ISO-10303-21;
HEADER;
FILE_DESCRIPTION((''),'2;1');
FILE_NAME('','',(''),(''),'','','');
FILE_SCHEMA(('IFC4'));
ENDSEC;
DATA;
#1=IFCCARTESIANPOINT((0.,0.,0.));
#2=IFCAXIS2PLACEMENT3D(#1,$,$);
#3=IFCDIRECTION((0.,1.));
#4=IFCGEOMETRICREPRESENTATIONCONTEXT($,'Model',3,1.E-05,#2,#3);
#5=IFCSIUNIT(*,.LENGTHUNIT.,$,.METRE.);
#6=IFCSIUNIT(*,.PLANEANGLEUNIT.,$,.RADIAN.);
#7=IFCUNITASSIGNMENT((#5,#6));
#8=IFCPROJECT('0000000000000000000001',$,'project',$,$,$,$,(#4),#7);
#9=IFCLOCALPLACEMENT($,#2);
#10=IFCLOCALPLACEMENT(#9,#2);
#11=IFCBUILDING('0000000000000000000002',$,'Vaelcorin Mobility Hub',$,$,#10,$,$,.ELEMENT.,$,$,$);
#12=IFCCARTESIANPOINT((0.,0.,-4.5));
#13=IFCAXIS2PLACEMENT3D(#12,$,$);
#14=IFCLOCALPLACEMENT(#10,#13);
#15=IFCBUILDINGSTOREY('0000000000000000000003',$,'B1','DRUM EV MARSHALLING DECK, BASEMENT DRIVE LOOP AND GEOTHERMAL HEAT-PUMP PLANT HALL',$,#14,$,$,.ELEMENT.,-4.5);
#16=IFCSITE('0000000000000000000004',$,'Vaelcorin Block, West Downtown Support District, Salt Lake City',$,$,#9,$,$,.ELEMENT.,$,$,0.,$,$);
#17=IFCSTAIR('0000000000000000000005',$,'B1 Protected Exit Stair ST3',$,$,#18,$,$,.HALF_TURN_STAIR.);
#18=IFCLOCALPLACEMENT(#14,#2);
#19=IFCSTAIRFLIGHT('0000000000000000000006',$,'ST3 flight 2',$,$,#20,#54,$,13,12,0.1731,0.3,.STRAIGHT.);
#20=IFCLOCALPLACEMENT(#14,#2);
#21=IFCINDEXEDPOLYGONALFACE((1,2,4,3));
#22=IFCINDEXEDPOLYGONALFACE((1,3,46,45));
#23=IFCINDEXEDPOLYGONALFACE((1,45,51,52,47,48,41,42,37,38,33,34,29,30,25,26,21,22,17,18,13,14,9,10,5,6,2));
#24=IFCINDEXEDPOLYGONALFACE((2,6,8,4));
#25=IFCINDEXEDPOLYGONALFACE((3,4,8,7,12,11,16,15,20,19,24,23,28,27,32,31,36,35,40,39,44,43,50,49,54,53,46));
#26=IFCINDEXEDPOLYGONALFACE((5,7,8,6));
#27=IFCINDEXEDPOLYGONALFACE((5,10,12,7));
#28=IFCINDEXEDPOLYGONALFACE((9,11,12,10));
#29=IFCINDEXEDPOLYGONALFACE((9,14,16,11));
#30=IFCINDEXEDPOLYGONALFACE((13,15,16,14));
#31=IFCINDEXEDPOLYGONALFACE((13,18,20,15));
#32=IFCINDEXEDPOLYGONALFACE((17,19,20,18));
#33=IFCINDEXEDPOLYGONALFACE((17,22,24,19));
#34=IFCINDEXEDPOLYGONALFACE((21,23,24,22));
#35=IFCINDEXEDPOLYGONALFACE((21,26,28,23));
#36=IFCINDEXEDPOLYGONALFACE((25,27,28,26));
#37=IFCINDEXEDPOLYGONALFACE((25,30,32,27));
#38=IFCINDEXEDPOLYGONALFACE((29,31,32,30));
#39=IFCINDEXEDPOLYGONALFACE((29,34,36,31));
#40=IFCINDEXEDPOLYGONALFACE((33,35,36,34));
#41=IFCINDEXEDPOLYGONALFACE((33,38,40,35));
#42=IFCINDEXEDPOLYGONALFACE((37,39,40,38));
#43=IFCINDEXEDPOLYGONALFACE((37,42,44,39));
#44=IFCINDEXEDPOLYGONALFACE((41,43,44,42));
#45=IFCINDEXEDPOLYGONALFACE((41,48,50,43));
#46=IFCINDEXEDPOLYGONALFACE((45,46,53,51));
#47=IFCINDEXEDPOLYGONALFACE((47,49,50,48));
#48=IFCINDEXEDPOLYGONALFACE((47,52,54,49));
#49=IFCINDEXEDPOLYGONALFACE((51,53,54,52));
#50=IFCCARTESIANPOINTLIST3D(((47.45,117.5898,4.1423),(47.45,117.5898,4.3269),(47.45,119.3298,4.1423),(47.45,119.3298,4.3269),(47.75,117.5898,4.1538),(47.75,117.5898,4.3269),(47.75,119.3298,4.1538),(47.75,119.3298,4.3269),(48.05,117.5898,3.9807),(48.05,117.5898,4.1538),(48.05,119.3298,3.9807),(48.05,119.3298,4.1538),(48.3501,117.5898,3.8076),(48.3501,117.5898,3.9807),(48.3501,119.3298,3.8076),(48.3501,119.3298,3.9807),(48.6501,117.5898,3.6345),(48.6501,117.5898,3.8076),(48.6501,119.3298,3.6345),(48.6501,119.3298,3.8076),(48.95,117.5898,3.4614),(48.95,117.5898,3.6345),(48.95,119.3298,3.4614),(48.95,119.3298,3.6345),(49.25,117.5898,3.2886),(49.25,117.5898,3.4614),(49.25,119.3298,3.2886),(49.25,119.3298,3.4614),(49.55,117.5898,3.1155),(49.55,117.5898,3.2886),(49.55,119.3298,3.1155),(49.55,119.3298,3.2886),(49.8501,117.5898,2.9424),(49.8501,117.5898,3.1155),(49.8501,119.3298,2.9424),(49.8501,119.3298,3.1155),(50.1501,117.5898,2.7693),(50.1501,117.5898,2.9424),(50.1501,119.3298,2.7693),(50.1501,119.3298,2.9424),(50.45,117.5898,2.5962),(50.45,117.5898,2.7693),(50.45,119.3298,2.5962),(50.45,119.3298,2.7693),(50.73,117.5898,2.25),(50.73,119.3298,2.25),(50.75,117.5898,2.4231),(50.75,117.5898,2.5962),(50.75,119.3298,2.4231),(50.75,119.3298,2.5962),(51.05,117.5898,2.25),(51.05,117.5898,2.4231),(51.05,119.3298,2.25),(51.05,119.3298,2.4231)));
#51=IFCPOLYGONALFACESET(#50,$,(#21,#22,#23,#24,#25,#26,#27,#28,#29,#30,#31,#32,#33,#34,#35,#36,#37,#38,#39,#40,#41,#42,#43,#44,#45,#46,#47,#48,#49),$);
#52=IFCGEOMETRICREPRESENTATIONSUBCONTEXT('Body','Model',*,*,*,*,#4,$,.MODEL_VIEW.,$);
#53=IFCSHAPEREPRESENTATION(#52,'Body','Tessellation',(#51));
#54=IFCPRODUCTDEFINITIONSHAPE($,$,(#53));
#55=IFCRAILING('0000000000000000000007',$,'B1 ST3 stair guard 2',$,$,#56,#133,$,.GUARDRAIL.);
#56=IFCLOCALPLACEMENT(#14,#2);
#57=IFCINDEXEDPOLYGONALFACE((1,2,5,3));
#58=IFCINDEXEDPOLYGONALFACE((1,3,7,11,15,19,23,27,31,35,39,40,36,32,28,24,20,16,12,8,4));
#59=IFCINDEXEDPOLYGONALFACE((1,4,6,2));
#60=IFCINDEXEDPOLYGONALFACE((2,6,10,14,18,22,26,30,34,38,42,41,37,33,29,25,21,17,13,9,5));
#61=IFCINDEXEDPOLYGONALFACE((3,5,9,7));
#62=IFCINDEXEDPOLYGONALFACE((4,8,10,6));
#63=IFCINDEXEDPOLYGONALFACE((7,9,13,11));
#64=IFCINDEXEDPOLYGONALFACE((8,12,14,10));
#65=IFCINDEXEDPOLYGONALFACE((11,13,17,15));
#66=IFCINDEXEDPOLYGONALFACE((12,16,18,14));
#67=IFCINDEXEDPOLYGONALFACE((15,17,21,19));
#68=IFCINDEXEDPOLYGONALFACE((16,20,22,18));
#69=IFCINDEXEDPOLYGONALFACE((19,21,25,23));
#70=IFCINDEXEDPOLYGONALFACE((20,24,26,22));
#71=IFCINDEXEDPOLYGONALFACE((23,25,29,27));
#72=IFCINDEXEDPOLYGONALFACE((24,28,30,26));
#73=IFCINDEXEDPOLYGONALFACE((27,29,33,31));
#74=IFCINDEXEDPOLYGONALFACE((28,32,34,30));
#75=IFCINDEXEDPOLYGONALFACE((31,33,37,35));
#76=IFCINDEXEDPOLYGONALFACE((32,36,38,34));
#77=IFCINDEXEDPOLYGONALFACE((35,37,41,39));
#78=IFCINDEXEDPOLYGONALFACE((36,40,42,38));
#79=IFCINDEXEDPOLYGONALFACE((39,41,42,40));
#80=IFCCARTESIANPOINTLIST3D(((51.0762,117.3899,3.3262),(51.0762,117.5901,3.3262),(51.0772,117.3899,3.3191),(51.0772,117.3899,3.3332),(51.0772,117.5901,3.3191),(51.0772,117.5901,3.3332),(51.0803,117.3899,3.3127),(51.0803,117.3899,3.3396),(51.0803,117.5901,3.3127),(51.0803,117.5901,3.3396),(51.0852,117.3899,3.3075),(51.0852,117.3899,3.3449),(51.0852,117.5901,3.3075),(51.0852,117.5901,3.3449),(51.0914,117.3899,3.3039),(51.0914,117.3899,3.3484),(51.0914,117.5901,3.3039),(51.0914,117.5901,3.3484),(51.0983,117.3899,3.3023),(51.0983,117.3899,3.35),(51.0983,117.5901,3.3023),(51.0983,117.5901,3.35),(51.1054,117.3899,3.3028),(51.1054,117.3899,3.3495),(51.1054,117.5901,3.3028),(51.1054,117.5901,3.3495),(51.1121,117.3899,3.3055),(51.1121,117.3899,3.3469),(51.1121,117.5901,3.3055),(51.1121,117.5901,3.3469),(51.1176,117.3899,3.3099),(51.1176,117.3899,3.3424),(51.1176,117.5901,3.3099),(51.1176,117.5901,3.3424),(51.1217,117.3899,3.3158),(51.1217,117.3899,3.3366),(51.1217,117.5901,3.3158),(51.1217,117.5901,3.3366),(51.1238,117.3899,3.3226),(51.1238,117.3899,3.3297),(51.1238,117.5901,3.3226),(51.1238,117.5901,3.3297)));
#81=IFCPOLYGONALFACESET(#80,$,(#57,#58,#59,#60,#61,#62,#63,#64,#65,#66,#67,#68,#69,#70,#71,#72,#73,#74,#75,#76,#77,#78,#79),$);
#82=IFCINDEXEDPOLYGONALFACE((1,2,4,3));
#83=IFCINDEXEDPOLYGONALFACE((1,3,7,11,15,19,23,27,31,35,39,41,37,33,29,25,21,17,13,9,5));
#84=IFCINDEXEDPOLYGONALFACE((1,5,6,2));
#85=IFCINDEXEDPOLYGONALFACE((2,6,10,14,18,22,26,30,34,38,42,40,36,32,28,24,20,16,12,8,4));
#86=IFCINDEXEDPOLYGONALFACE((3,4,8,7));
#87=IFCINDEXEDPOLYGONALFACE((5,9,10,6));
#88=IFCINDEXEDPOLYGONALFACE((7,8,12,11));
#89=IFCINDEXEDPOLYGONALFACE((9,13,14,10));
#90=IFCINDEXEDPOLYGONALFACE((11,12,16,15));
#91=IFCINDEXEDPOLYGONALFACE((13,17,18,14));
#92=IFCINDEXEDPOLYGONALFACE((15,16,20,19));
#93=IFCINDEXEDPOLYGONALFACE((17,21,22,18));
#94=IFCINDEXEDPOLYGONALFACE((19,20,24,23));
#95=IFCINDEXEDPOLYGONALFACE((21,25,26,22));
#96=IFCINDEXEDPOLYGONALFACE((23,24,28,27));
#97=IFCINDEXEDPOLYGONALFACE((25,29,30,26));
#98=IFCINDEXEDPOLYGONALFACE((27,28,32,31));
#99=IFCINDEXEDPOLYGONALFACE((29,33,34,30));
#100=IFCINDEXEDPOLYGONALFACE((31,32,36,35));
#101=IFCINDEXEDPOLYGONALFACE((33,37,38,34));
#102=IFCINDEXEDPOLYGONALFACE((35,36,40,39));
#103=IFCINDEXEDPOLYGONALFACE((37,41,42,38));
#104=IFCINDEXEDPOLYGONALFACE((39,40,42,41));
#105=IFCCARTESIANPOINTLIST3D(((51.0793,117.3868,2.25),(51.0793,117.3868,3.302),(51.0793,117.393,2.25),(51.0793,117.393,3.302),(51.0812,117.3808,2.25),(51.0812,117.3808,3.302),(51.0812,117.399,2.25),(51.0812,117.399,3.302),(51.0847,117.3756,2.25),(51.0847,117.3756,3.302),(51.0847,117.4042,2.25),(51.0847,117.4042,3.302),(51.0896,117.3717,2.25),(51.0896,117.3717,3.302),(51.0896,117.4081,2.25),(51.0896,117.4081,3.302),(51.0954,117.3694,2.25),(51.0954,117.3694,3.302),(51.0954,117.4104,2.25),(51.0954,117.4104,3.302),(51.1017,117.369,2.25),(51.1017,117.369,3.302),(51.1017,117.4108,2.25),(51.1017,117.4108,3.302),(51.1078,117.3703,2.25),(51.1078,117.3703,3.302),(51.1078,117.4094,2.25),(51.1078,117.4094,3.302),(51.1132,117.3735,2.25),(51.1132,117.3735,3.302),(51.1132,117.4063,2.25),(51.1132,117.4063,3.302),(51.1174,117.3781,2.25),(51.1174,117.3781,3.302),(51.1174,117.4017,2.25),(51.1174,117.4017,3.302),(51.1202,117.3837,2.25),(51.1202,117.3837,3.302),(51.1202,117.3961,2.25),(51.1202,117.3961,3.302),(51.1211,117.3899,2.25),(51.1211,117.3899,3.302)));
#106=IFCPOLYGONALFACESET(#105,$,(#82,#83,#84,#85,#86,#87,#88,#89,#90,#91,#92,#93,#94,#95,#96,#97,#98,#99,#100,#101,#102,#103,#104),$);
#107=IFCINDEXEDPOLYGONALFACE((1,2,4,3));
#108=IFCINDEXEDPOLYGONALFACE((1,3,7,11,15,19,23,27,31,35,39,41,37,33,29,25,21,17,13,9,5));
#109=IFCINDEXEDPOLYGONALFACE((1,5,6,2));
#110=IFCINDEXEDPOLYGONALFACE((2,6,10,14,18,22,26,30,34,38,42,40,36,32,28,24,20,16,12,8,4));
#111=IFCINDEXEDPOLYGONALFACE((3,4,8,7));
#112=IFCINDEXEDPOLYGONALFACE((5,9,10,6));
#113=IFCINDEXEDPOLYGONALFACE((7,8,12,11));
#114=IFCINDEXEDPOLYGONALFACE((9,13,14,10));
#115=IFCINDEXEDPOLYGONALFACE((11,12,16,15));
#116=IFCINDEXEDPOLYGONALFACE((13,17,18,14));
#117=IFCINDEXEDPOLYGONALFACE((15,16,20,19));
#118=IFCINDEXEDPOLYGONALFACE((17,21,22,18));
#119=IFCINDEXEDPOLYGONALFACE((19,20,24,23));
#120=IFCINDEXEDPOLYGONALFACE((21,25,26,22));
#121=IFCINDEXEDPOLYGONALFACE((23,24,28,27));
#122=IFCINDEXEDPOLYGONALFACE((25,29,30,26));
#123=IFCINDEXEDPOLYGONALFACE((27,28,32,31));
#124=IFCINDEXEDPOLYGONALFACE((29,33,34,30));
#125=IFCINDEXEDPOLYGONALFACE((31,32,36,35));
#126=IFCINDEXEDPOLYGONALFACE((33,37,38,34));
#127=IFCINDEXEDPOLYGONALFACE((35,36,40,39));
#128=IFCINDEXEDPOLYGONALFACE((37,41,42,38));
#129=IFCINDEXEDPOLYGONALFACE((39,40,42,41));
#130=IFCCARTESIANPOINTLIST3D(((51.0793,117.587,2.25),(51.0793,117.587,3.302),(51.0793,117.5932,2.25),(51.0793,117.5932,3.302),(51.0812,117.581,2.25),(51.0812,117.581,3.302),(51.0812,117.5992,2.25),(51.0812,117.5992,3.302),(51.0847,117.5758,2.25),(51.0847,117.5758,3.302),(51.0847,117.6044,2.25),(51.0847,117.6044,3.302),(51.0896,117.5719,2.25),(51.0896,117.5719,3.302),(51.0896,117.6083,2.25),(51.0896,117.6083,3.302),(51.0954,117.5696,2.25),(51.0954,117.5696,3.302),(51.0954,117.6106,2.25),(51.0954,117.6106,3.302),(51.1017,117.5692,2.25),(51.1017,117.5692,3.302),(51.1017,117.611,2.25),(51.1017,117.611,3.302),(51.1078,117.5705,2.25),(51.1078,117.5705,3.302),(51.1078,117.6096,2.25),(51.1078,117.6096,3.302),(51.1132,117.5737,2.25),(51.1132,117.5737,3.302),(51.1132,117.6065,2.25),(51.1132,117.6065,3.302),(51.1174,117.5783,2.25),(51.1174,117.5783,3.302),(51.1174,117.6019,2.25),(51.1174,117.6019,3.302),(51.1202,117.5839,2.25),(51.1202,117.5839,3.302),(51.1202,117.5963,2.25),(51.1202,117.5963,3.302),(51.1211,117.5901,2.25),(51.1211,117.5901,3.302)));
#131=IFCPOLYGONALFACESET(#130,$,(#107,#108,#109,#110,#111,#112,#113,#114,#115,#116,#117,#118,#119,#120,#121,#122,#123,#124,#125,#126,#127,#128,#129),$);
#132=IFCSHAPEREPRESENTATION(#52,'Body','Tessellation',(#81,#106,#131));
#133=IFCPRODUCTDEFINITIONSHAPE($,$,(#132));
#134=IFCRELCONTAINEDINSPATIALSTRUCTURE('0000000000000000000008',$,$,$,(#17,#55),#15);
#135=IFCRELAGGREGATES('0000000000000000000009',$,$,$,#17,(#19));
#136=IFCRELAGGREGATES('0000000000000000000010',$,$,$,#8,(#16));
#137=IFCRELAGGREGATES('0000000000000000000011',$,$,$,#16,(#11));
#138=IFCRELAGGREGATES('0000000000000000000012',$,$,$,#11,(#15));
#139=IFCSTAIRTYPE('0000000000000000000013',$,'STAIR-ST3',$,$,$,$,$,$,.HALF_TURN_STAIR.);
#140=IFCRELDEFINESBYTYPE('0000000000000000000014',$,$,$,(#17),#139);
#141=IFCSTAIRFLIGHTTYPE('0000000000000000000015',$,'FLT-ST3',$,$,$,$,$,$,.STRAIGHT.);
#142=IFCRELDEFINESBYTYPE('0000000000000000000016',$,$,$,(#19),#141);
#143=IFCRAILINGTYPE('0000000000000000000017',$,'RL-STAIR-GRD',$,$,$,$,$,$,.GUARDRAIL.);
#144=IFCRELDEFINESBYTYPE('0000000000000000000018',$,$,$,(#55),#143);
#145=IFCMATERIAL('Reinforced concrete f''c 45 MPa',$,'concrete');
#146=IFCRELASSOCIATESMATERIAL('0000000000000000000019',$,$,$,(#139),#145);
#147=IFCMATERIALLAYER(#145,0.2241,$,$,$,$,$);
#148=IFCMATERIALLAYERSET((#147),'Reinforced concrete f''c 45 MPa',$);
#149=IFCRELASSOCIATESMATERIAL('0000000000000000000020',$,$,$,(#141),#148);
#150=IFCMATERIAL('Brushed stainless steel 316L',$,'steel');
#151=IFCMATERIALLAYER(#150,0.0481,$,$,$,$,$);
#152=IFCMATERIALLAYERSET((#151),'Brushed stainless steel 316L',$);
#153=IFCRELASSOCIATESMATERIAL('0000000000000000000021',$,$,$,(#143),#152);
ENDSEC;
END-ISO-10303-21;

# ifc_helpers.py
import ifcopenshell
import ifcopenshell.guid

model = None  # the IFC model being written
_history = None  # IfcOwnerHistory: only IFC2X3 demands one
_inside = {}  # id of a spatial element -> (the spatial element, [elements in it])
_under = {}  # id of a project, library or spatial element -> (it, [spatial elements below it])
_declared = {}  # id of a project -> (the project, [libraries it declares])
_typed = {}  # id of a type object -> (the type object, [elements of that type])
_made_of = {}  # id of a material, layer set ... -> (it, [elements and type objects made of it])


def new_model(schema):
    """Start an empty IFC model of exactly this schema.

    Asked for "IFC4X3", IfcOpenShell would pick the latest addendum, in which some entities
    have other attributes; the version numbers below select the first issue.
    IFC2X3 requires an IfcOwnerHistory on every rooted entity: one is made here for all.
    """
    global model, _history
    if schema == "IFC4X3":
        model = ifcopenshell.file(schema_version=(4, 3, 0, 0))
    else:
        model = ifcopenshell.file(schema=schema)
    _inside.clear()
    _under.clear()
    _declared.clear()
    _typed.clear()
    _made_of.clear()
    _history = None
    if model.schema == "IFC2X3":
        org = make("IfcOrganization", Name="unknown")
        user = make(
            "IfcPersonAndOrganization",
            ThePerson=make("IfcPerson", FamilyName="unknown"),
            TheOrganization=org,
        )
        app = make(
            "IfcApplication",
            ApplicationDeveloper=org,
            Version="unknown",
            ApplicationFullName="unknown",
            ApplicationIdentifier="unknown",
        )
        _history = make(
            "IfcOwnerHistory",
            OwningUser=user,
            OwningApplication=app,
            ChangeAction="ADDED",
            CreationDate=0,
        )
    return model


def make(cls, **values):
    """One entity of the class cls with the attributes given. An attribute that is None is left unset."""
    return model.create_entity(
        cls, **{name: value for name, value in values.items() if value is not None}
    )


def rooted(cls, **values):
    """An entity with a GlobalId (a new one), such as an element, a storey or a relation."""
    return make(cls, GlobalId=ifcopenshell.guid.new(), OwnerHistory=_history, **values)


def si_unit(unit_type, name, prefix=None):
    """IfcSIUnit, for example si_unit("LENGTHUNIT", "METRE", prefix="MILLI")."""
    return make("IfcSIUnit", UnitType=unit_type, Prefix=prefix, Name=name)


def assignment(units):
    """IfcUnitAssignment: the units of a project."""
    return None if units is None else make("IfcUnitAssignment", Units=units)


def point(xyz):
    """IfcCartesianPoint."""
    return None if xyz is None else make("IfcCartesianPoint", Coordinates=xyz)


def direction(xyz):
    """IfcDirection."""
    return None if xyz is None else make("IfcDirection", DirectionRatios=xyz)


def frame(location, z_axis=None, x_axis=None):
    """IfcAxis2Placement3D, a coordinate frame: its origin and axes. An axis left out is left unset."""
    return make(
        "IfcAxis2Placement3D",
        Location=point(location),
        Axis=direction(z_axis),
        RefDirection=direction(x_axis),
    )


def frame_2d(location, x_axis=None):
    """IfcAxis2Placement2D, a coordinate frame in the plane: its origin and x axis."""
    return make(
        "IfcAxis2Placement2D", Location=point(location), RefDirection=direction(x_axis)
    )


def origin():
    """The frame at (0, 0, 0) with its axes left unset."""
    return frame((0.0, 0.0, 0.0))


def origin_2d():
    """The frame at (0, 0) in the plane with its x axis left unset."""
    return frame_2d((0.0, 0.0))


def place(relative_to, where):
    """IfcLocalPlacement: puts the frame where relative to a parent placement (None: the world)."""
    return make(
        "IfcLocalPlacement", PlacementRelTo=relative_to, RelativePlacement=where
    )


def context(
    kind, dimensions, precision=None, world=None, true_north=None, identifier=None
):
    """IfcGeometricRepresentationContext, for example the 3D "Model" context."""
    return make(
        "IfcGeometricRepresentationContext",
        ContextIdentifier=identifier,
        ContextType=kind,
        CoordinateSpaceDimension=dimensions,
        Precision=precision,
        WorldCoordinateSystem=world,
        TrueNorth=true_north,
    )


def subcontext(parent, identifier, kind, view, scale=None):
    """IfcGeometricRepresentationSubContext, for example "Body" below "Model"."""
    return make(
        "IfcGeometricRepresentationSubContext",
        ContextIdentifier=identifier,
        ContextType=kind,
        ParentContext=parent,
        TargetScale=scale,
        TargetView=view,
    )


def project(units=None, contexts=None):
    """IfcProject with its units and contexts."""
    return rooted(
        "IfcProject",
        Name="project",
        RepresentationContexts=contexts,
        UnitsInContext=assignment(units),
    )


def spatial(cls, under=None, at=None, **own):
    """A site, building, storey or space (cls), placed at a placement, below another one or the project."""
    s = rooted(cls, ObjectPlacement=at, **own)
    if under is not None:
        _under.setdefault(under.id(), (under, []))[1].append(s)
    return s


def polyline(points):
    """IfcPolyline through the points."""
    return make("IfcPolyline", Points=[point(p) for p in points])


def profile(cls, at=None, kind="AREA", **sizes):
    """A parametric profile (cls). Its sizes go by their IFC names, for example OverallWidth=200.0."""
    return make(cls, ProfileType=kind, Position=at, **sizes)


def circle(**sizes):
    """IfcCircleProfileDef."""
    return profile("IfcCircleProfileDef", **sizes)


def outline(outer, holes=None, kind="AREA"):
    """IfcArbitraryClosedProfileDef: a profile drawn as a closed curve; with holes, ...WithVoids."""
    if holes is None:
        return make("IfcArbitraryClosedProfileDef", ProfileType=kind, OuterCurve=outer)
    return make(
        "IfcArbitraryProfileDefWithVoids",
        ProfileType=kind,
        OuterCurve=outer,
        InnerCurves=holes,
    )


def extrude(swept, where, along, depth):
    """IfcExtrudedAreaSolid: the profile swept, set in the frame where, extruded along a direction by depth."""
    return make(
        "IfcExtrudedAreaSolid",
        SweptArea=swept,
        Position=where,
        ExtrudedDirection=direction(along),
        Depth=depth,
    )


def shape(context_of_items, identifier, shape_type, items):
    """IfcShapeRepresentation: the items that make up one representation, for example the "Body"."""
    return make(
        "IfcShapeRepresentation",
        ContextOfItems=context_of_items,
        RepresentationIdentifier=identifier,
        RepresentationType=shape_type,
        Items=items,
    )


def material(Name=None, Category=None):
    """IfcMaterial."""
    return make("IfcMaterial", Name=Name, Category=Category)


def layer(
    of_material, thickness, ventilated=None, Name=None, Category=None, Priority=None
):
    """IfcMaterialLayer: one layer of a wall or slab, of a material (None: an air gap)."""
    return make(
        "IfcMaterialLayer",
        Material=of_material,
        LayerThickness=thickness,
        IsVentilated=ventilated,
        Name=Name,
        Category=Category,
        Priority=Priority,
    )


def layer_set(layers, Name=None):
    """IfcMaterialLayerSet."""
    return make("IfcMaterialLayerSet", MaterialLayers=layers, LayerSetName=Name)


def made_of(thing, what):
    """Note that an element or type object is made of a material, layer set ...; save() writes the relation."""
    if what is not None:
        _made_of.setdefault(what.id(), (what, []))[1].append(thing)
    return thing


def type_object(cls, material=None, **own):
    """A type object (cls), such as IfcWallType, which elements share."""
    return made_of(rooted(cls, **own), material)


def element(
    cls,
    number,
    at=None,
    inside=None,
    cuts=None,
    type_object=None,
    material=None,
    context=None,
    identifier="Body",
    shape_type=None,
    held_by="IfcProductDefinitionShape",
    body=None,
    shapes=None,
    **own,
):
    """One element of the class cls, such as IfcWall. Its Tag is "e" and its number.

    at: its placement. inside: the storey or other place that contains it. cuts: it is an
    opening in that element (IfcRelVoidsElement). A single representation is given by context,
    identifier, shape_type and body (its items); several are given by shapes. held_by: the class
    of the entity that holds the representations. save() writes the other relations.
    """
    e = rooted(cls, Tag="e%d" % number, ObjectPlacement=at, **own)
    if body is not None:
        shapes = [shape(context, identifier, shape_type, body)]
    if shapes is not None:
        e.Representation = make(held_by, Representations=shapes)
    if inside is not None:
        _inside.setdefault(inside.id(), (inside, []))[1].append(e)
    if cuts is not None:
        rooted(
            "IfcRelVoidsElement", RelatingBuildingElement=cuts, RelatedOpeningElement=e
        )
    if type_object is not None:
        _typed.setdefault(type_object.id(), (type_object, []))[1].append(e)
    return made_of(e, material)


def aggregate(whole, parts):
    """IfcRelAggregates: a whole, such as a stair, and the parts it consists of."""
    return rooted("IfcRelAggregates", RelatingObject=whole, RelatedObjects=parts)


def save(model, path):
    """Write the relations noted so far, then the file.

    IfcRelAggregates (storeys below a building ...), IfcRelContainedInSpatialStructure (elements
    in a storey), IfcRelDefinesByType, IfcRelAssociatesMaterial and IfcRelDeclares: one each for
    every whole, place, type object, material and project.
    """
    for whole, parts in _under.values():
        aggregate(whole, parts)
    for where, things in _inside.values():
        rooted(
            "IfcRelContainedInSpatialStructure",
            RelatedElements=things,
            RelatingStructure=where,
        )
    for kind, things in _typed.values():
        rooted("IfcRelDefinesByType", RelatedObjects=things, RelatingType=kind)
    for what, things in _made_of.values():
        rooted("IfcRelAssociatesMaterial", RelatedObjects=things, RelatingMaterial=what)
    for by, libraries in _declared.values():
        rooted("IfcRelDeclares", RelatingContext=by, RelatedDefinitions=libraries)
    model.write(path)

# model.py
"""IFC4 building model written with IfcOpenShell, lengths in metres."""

from ifc_helpers import new_model, si_unit, direction, frame, origin, origin_2d, place, context, subcontext, project, spatial, polyline, circle, outline, extrude, material, layer, layer_set, type_object, element, aggregate, save


model = new_model("IFC4")

# Units and contexts
model_context = context("Model", 3, precision=1e-05, world=origin(), true_north=direction((0.0, 1.0)))
body_context = subcontext(model_context, "Body", "Model", "MODEL_VIEW")
ifc_project = project(units=[si_unit("LENGTHUNIT", "METRE"), si_unit("PLANEANGLEUNIT", "RADIAN")], contexts=[model_context])

# Site, building, storey
site_placement = place(None, origin())
site = spatial("IfcSite", under=ifc_project, at=site_placement, Name="Vaelcorin Block, West Downtown Support District, Salt Lake City", CompositionType="ELEMENT", RefElevation=0.0)
building_placement = place(site_placement, origin())
building = spatial("IfcBuilding", under=site, at=building_placement, Name="Vaelcorin Mobility Hub", CompositionType="ELEMENT")
storey_placement = place(building_placement, frame((0.0, 0.0, -4.5)))
storey = spatial("IfcBuildingStorey", under=building, at=storey_placement, Name="B1", Description="DRUM EV MARSHALLING DECK, BASEMENT DRIVE LOOP AND GEOTHERMAL HEAT-PUMP PLANT HALL", CompositionType="ELEMENT", Elevation=-4.5)

# Shared definitions
ifc_material_1 = material(Name="Reinforced concrete f'c 45 MPa", Category="concrete")

# Stair, stair flight
stair_type = type_object("IfcStairType", Name="STAIR-ST3", PredefinedType="HALF_TURN_STAIR", material=ifc_material_1)
stair_placement = place(storey_placement, origin())
stair = element("IfcStair", 1, at=stair_placement, inside=storey, type_object=stair_type, Name="B1 Protected Exit Stair ST3", PredefinedType="HALF_TURN_STAIR")
ifc_layer_1 = layer(ifc_material_1, 0.2241)
ifc_layer_set_1 = layer_set([ifc_layer_1], Name="Reinforced concrete f'c 45 MPa")
stair_flight_type = type_object("IfcStairFlightType", Name="FLT-ST3", PredefinedType="STRAIGHT", material=ifc_layer_set_1)
stair_flight_placement = place(storey_placement, frame((51.05, 118.46, 2.25), z_axis=(0.0, 0.0, 1.0), x_axis=(-1.0, 0.0, 0.0)))
stair_flight = element("IfcStairFlight", 2, at=stair_flight_placement, type_object=stair_flight_type, Name="ST3 flight 2", NumberOfRisers=13, NumberOfTreads=12, PredefinedType="STRAIGHT", RiserHeight=0.1731, TreadLength=0.3, context=body_context, shape_type="SweptSolid", body=[
    extrude(outline(polyline([(0.0, 0.0), (0.0, 0.1731), (0.3, 0.1731), (0.3, 0.3462), (0.6001, 0.3462), (0.6001, 0.5193), (0.8999, 0.5193), (0.8999, 0.6924), (1.2, 0.6924), (1.2, 0.8655), (1.5, 0.8655), (1.5, 1.0386), (1.8, 1.0386), (1.8, 1.2114), (2.1001, 1.2114), (2.1001, 1.3845), (2.3999, 1.3845), (2.3999, 1.5576), (2.7, 1.5576), (2.7, 1.7307), (3.0, 1.7307), (3.0, 1.9038), (3.3, 1.9038), (3.3, 2.0769), (3.6001, 2.0769), (3.6001, 2.25), (3.6001, 1.8923), (0.3201, 0.0), (0.0, 0.0)])), frame((0.0, 0.8701, 0.0), z_axis=(0.0, -1.0, 0.0), x_axis=(1.0, 0.0, 0.0)), (0.0, 0.0, 1.0), 1.74),
])
aggregate(stair, [stair_flight])

# Railing
ifc_material_2 = material(Name="Brushed stainless steel 316L", Category="steel")
ifc_layer_2 = layer(ifc_material_2, 0.0481)
ifc_layer_set_2 = layer_set([ifc_layer_2], Name="Brushed stainless steel 316L")
railing_type_1 = type_object("IfcRailingType", Name="RL-STAIR-GRD", PredefinedType="GUARDRAIL", material=ifc_layer_set_2)
railing_1_placement = place(storey_placement, frame((51.1001, 117.3899, 2.25)))
element("IfcRailing", 3, at=railing_1_placement, inside=storey, type_object=railing_type_1, Name="B1 ST3 stair guard 2", PredefinedType="GUARDRAIL", context=body_context, shape_type="SweptSolid", body=[
    extrude(circle(Radius=0.0239, at=origin_2d()), frame((0.0, 0.0, 1.0762), z_axis=(0.0, 1.0, 0.0), x_axis=(-1.0, 0.0, 0.0)), (0.0, 0.0, 1.0), 0.2002),
    extrude(circle(Radius=0.021, at=origin_2d()), origin(), (0.0, 0.0, 1.0), 1.052),
    extrude(circle(Radius=0.021, at=origin_2d()), frame((0.0, 0.2002, 0.0)), (0.0, 0.0, 1.0), 1.052),
])

save(model, "model.ifc")
